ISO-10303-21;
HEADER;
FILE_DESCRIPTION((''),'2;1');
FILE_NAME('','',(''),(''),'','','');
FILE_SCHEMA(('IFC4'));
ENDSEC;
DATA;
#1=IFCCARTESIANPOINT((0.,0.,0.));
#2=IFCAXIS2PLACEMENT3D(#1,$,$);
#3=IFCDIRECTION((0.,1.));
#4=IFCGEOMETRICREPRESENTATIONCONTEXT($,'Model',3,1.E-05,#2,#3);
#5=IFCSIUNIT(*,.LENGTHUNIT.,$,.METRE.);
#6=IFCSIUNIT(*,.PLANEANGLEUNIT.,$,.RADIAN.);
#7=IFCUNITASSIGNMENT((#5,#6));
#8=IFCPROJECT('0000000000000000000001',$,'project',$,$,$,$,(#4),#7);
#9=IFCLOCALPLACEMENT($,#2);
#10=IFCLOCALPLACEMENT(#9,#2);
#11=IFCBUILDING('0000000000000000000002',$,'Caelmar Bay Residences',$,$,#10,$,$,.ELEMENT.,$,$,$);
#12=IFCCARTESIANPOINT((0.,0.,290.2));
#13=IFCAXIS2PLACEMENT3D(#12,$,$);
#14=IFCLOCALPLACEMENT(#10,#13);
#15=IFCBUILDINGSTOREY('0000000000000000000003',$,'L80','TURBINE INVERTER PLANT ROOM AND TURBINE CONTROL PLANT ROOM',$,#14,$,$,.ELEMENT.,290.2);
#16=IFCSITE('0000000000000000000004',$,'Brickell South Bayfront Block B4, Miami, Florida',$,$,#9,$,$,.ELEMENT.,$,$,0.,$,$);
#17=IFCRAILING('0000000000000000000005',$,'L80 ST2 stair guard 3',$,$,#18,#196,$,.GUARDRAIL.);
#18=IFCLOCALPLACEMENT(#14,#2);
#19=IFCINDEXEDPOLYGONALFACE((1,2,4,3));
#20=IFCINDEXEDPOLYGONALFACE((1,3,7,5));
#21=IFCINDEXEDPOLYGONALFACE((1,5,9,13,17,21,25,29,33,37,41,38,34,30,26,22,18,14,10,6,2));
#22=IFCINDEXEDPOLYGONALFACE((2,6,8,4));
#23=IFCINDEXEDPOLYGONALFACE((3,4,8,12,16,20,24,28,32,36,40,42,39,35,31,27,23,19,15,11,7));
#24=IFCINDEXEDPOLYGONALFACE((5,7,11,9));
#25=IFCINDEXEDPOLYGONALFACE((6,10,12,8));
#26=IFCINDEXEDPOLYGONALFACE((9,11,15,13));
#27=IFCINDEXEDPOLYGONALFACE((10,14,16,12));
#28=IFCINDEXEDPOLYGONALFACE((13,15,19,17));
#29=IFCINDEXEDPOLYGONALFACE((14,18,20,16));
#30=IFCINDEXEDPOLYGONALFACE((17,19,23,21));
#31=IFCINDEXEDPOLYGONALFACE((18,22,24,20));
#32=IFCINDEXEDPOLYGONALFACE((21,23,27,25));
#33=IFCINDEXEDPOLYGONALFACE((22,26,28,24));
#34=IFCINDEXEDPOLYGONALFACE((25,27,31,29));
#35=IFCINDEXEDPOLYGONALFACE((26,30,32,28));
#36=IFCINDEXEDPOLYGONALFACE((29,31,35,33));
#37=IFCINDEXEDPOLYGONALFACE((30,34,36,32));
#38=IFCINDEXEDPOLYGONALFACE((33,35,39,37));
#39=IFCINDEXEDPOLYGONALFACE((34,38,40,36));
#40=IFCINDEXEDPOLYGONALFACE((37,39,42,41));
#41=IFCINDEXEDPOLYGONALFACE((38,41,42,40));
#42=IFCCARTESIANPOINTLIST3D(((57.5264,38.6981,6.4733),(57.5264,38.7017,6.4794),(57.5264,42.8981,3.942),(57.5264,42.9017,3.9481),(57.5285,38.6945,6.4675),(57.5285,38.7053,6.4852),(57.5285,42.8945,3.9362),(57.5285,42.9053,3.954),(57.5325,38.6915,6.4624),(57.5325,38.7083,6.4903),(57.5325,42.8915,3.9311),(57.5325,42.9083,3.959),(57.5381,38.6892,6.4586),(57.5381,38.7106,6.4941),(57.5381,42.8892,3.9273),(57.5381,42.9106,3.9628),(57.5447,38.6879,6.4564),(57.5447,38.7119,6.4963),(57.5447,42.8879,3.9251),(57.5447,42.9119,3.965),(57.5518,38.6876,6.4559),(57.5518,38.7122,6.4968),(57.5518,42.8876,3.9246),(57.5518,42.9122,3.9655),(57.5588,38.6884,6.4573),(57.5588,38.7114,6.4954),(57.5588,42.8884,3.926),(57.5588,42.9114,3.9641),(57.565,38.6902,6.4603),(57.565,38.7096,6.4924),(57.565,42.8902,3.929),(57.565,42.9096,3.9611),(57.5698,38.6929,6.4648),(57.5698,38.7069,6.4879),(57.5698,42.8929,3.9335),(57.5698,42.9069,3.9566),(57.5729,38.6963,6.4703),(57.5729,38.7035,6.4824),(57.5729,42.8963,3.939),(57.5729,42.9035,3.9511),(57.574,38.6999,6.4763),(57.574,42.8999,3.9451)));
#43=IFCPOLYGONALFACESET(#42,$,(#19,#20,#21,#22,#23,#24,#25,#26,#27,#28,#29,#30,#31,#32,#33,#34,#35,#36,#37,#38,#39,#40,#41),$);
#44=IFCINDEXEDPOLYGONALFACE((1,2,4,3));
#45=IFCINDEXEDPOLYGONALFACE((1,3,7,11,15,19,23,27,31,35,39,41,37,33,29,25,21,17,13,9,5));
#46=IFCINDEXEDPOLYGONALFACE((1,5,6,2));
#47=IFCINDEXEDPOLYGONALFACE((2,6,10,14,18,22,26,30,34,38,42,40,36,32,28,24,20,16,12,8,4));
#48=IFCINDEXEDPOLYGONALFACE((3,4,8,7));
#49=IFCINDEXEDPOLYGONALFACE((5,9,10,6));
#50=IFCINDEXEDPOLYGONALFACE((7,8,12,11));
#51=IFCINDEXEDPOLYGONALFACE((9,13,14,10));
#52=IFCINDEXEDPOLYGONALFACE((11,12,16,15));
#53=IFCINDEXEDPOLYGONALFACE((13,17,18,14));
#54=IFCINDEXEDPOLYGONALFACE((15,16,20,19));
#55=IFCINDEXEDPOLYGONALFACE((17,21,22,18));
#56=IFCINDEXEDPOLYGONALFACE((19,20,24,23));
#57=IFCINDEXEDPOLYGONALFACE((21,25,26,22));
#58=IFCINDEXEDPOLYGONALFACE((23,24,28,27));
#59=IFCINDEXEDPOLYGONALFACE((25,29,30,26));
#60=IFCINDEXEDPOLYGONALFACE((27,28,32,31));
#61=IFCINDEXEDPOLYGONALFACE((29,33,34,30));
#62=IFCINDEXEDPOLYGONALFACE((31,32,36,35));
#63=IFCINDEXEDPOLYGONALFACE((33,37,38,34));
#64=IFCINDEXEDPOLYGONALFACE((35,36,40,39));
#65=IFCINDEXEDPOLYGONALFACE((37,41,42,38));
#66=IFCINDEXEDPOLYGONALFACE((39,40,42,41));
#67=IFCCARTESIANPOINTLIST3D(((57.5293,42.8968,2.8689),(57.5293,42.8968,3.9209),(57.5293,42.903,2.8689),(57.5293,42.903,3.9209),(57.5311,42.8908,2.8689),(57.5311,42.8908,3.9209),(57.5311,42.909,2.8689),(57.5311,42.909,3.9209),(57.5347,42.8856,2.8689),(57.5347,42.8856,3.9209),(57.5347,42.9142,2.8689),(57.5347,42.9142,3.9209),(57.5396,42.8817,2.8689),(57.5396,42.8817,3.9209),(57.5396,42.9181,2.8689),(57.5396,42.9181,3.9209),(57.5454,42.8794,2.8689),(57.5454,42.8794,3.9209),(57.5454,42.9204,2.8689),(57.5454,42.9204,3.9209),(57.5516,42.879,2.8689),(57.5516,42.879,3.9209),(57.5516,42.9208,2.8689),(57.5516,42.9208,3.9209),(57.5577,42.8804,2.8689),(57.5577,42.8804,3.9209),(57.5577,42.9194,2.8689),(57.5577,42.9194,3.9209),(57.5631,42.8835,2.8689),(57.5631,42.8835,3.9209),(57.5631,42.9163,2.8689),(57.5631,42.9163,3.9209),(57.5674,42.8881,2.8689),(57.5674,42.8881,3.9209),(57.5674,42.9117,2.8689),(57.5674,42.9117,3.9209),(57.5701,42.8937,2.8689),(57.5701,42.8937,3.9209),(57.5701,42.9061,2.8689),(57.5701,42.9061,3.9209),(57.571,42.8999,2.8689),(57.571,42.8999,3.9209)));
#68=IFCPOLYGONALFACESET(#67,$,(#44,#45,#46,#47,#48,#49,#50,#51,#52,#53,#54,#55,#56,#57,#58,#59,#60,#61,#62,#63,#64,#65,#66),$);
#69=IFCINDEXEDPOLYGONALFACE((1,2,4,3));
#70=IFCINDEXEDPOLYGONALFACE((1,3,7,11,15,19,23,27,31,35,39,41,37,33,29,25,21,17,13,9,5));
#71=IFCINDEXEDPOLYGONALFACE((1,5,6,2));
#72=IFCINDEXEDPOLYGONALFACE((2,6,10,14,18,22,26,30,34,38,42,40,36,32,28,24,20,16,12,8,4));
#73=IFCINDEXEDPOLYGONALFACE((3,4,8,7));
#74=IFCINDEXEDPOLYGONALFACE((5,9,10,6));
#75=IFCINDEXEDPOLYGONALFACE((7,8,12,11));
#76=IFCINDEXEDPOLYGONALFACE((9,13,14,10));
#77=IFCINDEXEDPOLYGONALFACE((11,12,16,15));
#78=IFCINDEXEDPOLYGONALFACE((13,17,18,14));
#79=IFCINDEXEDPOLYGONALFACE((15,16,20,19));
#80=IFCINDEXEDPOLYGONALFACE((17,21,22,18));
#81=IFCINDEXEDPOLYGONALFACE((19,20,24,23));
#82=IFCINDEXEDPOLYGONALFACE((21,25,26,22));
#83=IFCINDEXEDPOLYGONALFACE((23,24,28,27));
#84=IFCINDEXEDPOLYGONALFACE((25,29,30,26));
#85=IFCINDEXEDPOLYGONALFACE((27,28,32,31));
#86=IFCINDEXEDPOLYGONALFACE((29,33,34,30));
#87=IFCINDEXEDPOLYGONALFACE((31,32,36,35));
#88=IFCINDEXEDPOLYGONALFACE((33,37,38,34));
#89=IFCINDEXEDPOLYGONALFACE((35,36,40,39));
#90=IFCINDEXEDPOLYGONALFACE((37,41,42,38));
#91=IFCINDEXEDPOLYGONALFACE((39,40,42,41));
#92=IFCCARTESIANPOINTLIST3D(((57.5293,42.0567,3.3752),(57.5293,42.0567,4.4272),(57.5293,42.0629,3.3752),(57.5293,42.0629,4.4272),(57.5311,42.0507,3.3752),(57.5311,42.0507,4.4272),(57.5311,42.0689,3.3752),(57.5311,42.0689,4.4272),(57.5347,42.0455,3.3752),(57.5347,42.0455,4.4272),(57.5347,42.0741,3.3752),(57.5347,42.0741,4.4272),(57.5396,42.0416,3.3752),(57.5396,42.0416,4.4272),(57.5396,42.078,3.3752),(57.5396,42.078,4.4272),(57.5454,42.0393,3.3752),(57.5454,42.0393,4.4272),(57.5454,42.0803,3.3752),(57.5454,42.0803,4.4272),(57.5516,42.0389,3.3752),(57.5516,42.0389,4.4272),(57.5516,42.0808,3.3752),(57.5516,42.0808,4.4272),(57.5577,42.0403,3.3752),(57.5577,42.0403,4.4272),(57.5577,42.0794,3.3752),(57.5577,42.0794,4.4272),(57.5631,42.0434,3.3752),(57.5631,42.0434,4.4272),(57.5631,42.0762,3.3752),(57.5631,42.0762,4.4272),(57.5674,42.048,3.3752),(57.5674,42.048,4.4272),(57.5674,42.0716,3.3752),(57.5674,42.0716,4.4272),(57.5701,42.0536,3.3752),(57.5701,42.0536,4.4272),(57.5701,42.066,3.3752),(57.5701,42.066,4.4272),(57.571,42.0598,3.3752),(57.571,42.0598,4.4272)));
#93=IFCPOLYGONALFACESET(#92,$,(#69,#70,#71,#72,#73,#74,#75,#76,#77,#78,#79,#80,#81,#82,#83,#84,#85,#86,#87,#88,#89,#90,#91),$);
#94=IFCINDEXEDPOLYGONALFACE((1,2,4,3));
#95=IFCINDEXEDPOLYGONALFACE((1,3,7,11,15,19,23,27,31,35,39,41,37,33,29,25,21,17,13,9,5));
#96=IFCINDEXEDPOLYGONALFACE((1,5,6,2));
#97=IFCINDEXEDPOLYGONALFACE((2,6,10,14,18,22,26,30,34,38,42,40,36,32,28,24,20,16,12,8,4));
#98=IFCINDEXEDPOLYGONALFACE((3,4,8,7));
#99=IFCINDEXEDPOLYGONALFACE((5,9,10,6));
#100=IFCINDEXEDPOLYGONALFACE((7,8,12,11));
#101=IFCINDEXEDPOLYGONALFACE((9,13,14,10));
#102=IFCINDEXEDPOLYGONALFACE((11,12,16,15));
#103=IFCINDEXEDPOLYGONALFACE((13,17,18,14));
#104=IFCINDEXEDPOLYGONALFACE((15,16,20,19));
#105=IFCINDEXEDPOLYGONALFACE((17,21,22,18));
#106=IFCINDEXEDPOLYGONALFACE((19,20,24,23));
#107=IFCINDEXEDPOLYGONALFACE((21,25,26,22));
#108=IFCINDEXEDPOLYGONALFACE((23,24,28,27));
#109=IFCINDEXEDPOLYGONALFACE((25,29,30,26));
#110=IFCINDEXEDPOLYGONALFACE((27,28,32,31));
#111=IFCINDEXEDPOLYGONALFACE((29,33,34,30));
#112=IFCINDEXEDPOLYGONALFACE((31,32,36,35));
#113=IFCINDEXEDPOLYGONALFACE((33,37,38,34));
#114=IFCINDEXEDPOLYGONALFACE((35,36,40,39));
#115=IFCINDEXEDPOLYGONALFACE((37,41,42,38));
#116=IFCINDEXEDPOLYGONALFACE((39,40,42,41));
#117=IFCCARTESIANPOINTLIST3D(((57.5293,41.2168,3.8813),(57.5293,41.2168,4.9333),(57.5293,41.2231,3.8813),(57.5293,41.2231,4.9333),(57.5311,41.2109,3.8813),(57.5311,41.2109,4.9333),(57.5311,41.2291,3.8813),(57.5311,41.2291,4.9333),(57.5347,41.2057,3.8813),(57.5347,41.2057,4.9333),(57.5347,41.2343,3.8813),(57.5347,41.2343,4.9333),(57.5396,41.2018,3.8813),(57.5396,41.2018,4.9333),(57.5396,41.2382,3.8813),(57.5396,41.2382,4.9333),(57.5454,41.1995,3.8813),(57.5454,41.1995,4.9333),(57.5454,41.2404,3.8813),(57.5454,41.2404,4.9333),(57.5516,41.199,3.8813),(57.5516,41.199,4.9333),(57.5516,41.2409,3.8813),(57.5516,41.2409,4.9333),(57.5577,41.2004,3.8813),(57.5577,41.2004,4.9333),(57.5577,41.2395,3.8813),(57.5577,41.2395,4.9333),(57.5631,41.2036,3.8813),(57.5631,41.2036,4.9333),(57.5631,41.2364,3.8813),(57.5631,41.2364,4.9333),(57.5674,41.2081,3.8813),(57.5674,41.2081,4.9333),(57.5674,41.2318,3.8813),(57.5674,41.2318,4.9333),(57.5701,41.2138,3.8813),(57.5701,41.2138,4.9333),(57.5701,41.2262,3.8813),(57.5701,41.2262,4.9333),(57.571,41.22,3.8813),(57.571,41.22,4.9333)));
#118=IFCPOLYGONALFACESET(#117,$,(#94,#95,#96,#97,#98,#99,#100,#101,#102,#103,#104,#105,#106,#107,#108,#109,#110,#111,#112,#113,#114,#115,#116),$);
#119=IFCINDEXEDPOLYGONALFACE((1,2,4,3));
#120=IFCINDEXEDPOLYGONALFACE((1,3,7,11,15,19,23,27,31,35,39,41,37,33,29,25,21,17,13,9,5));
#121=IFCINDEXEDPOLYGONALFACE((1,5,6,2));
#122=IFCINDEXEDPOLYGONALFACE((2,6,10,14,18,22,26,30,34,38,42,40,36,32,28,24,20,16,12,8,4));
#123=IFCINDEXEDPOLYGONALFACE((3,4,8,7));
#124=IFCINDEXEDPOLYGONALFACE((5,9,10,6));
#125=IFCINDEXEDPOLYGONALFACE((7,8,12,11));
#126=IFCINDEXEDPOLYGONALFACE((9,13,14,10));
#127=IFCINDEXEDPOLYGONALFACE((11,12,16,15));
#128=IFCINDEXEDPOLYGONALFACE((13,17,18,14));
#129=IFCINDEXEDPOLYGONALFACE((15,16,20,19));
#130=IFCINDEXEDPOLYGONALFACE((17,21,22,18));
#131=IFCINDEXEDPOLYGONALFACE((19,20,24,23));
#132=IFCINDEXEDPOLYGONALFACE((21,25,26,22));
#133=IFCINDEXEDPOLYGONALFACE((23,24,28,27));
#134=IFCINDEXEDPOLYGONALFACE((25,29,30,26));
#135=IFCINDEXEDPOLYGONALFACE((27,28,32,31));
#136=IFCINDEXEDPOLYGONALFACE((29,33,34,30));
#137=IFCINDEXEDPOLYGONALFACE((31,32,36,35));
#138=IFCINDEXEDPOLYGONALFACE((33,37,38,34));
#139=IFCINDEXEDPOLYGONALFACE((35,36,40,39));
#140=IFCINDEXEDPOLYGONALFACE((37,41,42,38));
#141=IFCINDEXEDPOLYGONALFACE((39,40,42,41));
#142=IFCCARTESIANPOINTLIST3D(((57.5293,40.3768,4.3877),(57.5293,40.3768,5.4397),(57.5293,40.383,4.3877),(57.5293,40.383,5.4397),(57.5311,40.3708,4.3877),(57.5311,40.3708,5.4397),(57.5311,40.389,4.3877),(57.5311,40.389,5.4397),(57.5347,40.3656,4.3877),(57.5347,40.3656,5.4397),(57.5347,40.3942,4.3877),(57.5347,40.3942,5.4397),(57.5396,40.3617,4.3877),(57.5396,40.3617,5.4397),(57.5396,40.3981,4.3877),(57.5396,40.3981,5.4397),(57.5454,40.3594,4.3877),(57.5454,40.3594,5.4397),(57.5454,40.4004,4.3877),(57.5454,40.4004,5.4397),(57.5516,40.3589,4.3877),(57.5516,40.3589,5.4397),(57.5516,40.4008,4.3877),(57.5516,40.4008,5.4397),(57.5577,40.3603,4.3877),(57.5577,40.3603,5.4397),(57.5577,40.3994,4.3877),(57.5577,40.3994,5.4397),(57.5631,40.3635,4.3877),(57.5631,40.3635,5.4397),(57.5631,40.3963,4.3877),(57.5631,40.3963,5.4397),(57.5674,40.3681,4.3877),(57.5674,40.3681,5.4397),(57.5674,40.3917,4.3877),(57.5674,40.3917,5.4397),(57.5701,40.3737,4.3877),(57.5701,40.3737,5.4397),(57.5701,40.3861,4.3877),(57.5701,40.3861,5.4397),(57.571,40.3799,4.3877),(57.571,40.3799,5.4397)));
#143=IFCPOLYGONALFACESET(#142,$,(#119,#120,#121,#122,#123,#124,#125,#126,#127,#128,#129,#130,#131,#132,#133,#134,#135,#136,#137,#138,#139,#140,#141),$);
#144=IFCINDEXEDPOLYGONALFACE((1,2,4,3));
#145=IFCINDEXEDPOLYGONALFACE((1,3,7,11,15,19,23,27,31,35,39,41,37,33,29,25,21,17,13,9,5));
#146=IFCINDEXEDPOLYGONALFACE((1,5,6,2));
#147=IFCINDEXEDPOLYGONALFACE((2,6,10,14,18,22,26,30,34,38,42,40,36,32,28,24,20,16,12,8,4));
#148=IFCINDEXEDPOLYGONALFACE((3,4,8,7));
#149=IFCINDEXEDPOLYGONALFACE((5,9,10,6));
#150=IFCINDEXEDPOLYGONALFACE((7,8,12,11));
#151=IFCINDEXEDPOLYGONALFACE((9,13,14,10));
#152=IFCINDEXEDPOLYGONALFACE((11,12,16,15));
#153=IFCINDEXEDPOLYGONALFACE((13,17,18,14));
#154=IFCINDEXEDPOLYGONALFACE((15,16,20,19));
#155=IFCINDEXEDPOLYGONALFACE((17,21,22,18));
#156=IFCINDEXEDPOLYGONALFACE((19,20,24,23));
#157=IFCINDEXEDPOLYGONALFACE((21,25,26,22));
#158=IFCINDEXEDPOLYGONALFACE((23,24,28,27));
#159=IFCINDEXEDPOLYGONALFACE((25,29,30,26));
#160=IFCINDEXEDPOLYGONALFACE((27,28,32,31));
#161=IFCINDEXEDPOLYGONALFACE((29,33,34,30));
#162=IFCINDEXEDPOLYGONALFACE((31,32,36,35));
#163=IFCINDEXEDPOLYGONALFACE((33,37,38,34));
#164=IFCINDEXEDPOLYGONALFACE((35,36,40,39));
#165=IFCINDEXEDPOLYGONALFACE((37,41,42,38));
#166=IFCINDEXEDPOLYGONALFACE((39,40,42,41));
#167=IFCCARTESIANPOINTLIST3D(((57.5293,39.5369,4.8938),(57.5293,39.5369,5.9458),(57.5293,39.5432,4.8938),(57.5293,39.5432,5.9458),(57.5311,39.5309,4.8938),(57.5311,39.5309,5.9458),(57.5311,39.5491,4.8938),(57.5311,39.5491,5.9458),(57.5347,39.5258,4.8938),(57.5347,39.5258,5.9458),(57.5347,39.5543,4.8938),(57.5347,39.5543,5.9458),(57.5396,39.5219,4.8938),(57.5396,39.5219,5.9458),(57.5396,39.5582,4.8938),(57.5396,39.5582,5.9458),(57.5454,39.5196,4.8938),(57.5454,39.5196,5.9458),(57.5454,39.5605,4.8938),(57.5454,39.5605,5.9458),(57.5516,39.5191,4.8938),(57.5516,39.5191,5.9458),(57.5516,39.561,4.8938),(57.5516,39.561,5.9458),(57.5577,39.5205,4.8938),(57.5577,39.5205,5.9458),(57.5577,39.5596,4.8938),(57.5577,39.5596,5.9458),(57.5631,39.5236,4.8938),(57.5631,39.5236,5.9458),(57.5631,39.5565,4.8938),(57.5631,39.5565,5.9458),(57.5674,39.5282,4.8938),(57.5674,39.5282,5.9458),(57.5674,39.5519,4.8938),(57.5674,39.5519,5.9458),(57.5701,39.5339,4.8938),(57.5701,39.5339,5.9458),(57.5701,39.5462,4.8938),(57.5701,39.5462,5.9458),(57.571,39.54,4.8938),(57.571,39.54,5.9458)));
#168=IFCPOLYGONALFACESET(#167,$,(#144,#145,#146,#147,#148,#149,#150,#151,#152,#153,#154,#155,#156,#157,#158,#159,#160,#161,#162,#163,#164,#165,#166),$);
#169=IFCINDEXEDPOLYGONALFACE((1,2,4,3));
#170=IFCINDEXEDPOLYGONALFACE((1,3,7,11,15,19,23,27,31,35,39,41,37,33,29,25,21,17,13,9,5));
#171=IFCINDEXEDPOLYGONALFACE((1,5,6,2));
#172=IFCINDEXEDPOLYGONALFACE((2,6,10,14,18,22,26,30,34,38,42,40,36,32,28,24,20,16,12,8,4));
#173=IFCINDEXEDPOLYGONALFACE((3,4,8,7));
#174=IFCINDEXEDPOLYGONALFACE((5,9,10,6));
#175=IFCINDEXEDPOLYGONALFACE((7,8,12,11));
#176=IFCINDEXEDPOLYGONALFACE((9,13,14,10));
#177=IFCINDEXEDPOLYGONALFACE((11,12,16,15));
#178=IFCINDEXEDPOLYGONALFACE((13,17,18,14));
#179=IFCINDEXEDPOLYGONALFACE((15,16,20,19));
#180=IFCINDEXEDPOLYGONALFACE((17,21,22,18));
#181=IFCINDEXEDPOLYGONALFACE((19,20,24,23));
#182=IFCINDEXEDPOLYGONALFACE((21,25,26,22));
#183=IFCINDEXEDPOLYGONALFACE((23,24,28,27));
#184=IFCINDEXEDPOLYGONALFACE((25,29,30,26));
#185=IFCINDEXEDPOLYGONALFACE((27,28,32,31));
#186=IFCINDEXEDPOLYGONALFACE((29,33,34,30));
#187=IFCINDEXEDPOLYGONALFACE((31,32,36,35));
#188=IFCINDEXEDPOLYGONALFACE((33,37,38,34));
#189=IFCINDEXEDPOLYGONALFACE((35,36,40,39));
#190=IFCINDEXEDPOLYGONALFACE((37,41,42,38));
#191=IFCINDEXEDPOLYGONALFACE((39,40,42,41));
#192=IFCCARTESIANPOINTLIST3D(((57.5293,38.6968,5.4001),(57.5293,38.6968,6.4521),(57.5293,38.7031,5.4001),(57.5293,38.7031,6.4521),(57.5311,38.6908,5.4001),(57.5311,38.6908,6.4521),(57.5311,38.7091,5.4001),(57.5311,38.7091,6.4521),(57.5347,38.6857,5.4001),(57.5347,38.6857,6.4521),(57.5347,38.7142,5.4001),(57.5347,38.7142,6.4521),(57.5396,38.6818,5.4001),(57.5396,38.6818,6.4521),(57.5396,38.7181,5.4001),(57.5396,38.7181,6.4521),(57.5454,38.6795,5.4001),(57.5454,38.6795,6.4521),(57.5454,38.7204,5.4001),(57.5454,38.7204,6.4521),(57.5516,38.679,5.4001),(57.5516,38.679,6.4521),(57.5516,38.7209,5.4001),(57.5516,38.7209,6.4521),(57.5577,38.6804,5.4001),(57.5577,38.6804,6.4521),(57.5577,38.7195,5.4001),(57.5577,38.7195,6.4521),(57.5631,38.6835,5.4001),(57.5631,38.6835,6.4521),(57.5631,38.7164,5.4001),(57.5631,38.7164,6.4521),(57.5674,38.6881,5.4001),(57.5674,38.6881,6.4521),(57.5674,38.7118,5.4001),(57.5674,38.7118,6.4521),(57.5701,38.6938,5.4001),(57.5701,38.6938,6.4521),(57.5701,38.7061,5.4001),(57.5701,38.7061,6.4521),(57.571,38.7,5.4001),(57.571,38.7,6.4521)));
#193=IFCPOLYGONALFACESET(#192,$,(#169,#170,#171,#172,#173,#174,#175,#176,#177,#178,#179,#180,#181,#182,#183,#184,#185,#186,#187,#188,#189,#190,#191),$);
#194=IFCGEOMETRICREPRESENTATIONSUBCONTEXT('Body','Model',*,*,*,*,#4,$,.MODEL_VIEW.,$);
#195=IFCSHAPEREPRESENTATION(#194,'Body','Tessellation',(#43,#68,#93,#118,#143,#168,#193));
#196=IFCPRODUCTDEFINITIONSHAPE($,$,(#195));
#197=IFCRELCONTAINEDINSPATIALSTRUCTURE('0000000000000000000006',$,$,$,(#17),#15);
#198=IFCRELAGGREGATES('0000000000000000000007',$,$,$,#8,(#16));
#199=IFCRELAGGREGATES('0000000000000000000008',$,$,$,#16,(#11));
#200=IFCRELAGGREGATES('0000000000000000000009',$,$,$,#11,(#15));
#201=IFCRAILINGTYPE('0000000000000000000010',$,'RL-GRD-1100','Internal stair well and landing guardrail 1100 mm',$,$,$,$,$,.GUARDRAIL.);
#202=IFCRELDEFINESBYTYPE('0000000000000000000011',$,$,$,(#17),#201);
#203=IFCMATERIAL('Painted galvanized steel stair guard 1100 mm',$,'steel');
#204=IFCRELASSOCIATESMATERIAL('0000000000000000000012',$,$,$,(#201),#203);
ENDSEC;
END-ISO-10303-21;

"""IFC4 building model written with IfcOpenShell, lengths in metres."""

from ifc_helpers import new_model, si_unit, direction, frame, origin, origin_2d, place, context, subcontext, project, spatial, circle, extrude, material, type_object, element, save


model = new_model("IFC4")

# Units and contexts
model_context = context("Model", 3, precision=1e-05, world=origin(), true_north=direction((0.0, 1.0)))
body_context = subcontext(model_context, "Body", "Model", "MODEL_VIEW")
ifc_project = project(units=[si_unit("LENGTHUNIT", "METRE"), si_unit("PLANEANGLEUNIT", "RADIAN")], contexts=[model_context])

# Site, building, storey
site_placement = place(None, origin())
site = spatial("IfcSite", under=ifc_project, at=site_placement, Name="Brickell South Bayfront Block B4, Miami, Florida", CompositionType="ELEMENT", RefElevation=0.0)
building_placement = place(site_placement, origin())
building = spatial("IfcBuilding", under=site, at=building_placement, Name="Caelmar Bay Residences", CompositionType="ELEMENT")
storey_placement = place(building_placement, frame((0.0, 0.0, 290.2)))
storey = spatial("IfcBuildingStorey", under=building, at=storey_placement, Name="L80", Description="TURBINE INVERTER PLANT ROOM AND TURBINE CONTROL PLANT ROOM", CompositionType="ELEMENT", Elevation=290.2)

# Railing
ifc_material_1 = material(Name="Painted galvanized steel stair guard 1100 mm", Category="steel")
railing_type_1 = type_object("IfcRailingType", Name="RL-GRD-1100", Description="Internal stair well and landing guardrail 1100 mm", PredefinedType="GUARDRAIL", material=ifc_material_1)
railing_1_placement = place(storey_placement, frame((57.55, 42.8999, 2.8689)))
element("IfcRailing", 1, at=railing_1_placement, inside=storey, type_object=railing_type_1, Name="L80 ST2 stair guard 3", PredefinedType="GUARDRAIL", context=body_context, shape_type="SweptSolid", body=[
    extrude(circle(Radius=0.0239, at=origin_2d()), frame((0.0, 0.0, 1.0762), z_axis=(0.0, -0.856476, 0.516186), x_axis=(1.0, 0.0, 0.0)), (0.0, 0.0, 1.0), 4.9038),
    extrude(circle(Radius=0.021, at=origin_2d()), origin(), (0.0, 0.0, 1.0), 1.052),
    extrude(circle(Radius=0.021, at=origin_2d()), frame((0.0, -0.8401, 0.5063)), (0.0, 0.0, 1.0), 1.052),
    extrude(circle(Radius=0.021, at=origin_2d()), frame((0.0, -1.6799, 1.0125)), (0.0, 0.0, 1.0), 1.052),
    extrude(circle(Radius=0.021, at=origin_2d()), frame((0.0, -2.52, 1.5188)), (0.0, 0.0, 1.0), 1.052),
    extrude(circle(Radius=0.021, at=origin_2d()), frame((0.0, -3.3599, 2.0249)), (0.0, 0.0, 1.0), 1.052),
    extrude(circle(Radius=0.021, at=origin_2d()), frame((0.0, -4.2, 2.5312)), (0.0, 0.0, 1.0), 1.052),
])

save(model, "model.ifc")
